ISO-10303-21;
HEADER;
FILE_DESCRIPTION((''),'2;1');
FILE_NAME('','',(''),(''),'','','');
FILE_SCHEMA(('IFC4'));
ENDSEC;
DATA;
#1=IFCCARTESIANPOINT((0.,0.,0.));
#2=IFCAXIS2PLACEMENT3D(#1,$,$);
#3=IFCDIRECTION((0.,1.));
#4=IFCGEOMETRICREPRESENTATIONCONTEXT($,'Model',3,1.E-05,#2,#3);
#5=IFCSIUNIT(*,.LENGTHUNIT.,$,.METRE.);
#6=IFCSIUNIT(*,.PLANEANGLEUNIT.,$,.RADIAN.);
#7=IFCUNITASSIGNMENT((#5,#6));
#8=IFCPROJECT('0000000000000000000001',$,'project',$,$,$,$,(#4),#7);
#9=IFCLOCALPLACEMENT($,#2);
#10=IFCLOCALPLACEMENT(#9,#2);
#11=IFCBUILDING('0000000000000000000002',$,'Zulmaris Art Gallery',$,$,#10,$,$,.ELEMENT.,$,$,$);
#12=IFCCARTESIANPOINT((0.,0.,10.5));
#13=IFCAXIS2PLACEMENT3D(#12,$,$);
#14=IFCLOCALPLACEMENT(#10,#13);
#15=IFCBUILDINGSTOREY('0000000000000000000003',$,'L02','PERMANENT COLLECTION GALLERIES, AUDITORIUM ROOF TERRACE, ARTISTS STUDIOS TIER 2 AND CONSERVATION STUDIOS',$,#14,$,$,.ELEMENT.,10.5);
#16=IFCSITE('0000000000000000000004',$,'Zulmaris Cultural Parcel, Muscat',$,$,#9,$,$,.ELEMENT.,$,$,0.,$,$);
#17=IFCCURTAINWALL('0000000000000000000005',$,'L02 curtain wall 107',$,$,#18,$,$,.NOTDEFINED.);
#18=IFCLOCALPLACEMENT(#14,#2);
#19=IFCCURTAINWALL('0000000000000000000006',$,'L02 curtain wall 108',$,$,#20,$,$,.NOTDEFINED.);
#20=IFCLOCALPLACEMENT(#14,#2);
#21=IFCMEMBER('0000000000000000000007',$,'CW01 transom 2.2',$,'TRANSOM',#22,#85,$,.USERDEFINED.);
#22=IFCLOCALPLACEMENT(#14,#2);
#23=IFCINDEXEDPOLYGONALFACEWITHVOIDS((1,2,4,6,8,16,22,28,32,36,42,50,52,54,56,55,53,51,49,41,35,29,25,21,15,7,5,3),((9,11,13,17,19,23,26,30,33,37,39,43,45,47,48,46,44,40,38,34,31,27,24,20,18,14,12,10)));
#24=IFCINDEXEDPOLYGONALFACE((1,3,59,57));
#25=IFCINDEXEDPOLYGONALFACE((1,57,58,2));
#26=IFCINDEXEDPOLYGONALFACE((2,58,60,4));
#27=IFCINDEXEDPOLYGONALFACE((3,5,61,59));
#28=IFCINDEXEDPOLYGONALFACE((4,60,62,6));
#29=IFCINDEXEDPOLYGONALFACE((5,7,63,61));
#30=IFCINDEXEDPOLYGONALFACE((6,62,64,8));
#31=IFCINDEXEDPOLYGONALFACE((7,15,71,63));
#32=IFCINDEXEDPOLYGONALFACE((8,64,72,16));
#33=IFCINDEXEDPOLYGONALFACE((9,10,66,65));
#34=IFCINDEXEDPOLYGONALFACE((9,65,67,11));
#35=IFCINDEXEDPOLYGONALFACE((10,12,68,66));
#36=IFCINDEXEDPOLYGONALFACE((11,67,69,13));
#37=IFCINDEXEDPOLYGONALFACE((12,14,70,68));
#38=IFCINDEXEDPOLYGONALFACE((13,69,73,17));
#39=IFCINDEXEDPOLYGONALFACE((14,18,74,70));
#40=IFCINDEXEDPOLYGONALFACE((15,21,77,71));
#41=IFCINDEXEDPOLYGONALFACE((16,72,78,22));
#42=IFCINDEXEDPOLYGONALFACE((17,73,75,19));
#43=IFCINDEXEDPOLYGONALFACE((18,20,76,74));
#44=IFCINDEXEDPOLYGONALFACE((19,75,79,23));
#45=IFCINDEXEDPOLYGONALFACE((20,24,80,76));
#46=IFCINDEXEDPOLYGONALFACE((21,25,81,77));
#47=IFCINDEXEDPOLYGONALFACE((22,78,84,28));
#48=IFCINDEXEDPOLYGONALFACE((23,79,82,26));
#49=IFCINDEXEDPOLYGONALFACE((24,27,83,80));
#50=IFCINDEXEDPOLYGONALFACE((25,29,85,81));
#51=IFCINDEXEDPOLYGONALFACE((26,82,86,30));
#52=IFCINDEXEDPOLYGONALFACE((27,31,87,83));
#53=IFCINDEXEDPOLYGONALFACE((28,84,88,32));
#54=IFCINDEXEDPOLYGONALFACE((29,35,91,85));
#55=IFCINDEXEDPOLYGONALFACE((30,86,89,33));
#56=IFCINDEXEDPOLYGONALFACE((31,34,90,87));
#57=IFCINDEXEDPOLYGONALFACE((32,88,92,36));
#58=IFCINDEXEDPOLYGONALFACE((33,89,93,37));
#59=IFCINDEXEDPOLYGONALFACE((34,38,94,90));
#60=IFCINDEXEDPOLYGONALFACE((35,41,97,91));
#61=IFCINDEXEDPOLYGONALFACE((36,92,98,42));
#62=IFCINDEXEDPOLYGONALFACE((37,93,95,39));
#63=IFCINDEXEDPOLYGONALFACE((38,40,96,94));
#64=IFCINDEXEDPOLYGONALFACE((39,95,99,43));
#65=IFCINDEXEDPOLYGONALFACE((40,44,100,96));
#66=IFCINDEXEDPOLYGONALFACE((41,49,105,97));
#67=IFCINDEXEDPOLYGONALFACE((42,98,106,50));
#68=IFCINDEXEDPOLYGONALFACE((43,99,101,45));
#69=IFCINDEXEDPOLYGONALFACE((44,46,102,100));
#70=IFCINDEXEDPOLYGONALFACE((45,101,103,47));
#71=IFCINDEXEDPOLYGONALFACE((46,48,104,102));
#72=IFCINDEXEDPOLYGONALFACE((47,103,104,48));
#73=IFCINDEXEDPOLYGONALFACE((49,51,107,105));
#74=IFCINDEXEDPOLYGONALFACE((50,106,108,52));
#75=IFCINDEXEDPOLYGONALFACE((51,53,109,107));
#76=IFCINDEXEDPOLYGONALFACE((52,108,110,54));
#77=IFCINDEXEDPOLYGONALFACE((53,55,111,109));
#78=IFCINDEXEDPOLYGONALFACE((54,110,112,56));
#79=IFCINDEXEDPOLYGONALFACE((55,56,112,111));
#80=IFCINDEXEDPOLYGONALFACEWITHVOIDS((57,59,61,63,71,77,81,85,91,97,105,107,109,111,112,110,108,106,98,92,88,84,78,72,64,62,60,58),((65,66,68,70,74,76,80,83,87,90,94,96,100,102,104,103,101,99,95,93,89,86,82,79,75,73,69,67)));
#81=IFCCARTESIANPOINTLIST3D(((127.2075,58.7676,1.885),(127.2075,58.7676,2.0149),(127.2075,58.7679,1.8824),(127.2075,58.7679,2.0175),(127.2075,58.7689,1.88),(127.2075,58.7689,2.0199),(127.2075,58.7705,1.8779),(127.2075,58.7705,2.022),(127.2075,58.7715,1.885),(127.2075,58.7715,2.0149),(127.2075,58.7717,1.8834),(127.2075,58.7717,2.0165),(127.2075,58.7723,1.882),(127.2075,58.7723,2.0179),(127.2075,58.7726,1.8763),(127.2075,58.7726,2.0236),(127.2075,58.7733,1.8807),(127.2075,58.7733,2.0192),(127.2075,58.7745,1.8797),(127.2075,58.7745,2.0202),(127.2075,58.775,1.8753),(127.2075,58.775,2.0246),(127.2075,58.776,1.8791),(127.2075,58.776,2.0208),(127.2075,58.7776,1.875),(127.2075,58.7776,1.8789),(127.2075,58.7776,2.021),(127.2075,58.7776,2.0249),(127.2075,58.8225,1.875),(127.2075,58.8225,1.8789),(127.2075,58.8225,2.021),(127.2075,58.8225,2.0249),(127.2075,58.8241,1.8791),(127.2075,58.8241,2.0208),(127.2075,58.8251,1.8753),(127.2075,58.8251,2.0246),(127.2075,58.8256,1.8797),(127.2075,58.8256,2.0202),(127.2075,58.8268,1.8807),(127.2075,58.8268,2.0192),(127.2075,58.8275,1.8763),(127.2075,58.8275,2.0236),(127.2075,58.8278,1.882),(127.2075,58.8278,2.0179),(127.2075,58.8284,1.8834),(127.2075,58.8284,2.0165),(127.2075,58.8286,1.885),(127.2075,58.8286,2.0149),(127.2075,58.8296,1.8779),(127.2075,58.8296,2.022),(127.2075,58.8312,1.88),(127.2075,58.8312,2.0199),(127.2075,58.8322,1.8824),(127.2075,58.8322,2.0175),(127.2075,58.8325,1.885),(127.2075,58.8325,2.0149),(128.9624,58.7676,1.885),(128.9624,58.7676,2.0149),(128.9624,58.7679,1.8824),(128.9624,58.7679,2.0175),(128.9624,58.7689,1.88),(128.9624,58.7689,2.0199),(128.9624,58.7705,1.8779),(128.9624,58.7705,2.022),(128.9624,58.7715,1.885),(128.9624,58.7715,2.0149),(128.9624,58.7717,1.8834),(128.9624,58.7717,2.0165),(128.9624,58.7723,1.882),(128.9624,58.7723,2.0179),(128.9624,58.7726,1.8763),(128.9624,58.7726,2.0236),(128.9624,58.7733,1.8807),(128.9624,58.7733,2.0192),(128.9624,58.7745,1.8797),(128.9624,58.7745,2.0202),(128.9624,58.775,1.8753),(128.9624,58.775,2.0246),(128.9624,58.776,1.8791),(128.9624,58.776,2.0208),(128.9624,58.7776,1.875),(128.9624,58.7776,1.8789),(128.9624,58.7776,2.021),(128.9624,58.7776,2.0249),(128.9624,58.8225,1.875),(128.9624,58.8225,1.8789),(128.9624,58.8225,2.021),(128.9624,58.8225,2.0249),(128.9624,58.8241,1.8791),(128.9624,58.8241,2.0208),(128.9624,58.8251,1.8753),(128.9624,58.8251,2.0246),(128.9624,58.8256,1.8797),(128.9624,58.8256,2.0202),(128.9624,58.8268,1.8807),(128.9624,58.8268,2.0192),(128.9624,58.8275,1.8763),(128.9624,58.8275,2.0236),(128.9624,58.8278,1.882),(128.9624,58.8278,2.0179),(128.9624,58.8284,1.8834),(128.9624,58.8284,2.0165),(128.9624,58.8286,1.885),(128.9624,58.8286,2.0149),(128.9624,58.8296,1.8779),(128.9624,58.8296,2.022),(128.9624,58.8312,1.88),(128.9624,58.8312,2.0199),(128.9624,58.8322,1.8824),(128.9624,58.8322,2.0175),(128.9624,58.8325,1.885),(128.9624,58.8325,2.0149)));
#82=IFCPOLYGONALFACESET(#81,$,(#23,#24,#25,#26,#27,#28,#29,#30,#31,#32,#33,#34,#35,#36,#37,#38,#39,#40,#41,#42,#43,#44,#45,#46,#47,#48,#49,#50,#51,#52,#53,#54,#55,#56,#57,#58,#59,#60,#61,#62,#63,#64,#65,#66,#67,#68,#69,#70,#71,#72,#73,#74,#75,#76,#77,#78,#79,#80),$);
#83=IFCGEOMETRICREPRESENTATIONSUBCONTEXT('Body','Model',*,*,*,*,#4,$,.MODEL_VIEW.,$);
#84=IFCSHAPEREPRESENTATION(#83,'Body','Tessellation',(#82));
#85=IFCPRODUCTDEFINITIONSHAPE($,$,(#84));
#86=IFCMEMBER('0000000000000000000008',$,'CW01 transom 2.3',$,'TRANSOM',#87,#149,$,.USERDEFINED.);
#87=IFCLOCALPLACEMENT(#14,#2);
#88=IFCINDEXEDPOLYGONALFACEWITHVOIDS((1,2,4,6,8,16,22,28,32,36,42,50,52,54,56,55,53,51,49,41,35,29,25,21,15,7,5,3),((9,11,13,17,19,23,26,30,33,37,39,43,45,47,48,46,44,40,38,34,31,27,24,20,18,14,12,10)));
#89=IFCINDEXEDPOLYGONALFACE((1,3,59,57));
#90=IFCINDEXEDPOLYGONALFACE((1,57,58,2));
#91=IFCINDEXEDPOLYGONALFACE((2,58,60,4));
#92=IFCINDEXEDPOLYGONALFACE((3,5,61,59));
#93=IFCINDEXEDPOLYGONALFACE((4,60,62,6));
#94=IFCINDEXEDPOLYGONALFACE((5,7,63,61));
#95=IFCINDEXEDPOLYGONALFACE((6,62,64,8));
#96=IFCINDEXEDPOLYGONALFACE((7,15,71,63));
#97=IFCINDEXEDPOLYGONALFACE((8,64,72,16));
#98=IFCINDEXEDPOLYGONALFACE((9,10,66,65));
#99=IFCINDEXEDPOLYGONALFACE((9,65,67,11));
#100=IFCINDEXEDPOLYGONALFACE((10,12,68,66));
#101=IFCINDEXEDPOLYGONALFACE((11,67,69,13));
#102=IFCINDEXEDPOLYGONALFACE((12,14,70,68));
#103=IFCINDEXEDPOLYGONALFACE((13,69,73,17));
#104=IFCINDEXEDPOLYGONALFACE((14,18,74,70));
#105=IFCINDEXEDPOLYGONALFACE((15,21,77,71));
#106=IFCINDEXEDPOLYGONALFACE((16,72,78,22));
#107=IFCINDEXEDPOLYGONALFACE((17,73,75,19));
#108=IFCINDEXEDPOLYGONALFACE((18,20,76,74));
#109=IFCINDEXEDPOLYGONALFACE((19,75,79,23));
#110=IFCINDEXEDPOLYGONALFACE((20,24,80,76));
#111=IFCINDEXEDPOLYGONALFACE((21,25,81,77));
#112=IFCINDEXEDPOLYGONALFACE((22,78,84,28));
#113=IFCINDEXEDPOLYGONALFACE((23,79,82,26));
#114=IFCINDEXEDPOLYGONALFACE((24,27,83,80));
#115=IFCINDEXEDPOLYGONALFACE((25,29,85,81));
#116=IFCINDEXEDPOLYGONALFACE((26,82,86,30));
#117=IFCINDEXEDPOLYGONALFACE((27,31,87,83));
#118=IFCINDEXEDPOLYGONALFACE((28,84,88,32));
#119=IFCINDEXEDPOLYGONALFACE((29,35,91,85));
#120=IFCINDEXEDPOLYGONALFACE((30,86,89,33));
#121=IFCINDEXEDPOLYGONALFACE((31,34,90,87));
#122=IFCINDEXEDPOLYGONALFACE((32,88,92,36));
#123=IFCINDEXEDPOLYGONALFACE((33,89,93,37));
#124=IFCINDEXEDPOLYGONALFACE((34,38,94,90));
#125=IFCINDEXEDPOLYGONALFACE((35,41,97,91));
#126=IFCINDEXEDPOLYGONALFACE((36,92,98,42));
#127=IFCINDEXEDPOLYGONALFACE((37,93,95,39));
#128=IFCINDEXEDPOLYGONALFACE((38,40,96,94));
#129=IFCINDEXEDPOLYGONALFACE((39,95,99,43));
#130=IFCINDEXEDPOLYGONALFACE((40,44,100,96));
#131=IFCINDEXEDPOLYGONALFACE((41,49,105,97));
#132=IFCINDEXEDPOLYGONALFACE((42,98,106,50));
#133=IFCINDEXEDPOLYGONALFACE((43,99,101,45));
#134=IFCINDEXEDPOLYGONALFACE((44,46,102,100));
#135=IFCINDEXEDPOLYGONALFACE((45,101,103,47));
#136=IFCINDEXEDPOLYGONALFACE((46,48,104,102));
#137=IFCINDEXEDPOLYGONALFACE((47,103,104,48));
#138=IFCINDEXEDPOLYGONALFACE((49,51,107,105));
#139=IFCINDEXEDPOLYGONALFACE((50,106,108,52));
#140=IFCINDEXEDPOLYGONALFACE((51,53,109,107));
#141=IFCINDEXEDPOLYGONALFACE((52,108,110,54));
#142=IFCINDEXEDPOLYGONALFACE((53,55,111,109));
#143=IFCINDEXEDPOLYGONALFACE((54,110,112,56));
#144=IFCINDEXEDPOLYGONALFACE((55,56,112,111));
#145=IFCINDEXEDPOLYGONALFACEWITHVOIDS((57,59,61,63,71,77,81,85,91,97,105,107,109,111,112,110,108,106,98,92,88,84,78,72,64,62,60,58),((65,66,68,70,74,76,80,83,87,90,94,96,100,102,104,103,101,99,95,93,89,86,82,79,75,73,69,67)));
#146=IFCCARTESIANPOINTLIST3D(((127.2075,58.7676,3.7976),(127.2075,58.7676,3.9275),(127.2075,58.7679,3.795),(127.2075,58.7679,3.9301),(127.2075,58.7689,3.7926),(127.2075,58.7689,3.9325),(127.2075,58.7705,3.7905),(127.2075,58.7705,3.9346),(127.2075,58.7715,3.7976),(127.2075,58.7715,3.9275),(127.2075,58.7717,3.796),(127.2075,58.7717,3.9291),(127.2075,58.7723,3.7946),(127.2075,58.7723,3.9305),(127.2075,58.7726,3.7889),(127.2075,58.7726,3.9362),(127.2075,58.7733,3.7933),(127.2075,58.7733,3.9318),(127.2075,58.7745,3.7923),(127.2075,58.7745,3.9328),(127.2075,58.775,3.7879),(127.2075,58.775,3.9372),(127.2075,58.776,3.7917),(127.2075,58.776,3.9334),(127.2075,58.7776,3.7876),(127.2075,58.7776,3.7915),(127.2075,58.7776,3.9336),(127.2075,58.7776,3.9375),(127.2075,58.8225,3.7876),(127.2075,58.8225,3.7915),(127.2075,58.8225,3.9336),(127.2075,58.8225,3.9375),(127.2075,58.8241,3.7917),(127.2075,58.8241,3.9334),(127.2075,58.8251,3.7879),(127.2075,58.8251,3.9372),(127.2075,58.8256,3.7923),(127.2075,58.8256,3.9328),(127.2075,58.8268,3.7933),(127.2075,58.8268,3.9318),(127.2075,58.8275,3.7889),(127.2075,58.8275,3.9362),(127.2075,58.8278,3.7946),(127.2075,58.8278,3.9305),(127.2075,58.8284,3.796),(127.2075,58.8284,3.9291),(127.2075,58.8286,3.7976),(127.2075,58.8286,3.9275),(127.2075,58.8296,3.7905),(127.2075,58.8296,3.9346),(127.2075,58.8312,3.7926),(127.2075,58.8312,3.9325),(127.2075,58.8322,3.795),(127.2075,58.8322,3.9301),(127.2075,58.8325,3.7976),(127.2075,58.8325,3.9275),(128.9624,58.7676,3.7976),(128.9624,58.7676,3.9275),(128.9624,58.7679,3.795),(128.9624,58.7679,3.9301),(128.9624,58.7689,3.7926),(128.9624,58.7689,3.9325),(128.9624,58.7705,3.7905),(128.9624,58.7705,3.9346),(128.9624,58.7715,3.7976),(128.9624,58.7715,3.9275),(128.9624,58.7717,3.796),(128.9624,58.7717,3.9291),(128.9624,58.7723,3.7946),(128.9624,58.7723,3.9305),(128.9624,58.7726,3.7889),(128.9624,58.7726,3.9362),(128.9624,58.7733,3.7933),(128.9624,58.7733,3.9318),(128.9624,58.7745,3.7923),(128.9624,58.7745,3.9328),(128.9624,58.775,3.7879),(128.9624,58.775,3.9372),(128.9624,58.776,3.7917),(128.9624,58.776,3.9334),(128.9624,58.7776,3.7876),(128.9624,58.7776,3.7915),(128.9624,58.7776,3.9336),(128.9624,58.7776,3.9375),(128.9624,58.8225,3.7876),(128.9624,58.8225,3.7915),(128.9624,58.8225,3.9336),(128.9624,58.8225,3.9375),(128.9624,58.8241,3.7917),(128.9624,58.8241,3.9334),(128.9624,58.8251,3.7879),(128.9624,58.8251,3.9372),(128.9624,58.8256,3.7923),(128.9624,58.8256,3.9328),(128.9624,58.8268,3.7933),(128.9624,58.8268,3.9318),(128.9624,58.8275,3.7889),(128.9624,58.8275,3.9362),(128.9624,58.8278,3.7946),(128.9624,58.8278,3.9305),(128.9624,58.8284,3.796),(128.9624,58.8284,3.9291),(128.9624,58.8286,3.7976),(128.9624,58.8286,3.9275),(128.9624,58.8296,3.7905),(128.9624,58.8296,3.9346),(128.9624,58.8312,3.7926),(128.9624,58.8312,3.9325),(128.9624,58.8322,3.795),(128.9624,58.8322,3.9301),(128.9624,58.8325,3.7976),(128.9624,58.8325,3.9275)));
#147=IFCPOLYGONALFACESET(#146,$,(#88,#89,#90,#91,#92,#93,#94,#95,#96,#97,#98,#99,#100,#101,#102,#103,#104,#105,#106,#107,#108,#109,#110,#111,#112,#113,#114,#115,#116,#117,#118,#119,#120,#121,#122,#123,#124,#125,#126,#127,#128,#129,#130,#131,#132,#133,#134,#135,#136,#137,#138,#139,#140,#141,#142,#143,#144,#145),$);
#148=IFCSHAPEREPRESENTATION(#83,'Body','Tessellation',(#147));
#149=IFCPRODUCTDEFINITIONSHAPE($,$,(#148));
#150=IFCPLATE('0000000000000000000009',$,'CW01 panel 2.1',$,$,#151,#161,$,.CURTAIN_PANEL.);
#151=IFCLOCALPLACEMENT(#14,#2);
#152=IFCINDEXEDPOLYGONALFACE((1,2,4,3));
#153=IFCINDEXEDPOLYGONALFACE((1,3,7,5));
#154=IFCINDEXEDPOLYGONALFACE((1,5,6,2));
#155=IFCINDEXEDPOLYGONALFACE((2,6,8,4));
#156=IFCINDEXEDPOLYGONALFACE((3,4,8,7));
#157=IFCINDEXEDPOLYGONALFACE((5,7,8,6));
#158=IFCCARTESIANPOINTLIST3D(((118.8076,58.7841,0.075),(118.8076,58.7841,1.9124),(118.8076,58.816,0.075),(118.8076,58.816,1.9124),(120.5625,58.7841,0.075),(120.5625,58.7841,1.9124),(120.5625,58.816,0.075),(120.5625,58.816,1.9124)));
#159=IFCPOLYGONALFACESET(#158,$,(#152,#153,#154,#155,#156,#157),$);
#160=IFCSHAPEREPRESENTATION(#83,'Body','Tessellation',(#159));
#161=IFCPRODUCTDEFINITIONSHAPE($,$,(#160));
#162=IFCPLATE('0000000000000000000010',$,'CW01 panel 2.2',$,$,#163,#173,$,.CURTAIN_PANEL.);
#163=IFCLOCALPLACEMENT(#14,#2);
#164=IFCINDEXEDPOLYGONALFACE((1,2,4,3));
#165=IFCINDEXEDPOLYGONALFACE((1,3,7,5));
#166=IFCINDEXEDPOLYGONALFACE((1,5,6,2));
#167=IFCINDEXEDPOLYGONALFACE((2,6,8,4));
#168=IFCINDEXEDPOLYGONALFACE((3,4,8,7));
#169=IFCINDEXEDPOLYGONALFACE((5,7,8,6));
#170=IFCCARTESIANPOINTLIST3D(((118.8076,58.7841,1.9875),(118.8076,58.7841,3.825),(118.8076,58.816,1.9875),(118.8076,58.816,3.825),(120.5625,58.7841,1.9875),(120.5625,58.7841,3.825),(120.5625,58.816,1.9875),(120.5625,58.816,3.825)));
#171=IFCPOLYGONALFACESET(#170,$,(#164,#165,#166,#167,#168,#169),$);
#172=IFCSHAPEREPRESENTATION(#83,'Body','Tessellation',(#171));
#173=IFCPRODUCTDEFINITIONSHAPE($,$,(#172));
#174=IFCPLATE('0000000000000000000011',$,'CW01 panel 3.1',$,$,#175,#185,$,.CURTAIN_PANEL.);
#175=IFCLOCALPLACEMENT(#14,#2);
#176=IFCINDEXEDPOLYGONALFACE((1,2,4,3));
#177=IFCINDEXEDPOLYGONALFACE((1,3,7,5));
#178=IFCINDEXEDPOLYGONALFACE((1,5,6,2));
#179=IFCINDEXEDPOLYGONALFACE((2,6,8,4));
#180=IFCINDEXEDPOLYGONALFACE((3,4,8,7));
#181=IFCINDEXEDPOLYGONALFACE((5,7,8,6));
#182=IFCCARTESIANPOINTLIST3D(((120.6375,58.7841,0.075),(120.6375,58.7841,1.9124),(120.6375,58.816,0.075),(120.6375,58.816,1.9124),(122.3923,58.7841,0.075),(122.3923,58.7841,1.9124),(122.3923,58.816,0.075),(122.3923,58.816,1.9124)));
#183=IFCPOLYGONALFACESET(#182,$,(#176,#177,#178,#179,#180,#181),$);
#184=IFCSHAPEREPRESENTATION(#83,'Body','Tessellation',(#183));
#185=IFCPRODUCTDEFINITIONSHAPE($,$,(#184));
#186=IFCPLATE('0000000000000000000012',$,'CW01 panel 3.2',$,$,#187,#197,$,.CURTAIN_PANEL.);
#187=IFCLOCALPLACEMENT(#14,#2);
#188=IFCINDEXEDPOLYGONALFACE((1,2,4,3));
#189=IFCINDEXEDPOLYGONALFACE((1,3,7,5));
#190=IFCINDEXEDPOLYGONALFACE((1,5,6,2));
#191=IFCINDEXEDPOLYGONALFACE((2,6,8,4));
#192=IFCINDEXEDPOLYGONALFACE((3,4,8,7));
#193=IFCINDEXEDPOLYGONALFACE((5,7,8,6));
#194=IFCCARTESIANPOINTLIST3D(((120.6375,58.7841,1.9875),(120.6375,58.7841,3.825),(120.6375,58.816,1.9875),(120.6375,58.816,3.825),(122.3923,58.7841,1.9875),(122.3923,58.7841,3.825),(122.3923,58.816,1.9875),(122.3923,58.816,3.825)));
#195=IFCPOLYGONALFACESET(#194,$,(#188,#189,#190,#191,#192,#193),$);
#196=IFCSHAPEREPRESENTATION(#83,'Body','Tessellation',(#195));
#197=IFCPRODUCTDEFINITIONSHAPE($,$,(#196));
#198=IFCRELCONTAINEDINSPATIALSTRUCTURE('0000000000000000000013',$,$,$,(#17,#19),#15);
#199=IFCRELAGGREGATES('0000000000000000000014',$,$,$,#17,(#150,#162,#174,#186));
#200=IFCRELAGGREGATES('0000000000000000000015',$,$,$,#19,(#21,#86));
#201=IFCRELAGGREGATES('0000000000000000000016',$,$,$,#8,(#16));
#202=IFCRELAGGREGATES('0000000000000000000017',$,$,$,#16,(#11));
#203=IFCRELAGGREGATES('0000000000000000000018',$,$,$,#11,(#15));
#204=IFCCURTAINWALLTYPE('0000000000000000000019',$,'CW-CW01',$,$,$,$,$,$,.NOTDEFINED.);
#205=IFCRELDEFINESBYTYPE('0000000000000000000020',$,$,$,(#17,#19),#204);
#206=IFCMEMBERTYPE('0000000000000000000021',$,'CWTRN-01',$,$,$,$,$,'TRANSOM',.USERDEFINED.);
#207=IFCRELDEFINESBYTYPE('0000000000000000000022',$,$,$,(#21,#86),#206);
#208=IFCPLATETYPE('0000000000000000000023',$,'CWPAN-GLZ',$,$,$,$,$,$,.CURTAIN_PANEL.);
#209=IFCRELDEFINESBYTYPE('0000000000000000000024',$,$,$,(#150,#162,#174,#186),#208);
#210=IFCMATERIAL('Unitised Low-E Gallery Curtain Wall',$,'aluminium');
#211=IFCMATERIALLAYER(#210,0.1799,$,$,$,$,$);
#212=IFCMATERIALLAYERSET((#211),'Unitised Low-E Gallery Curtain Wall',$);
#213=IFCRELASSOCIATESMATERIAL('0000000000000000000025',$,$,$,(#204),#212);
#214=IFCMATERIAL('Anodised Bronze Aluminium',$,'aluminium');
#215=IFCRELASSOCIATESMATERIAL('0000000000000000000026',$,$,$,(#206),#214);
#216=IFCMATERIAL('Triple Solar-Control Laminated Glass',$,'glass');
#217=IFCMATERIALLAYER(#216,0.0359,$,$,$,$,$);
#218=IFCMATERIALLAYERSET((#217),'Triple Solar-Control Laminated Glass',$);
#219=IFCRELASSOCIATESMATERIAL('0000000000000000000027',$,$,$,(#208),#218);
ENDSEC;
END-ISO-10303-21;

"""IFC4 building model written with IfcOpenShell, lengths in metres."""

from ifc_helpers import new_model, si_unit, direction, frame, origin, origin_2d, place, context, subcontext, project, spatial, rectangle, hollow_rectangle, extrude, material, layer, layer_set, material_profile, profile_set, type_object, element, aggregate, save


model = new_model("IFC4")

# Units and contexts
model_context = context("Model", 3, precision=1e-05, world=origin(), true_north=direction((0.0, 1.0)))
body_context = subcontext(model_context, "Body", "Model", "MODEL_VIEW")
ifc_project = project(units=[si_unit("LENGTHUNIT", "METRE"), si_unit("PLANEANGLEUNIT", "RADIAN")], contexts=[model_context])

# Site, building, storey
site_placement = place(None, origin())
site = spatial("IfcSite", under=ifc_project, at=site_placement, Name="Zulmaris Cultural Parcel, Muscat", CompositionType="ELEMENT", RefElevation=0.0)
building_placement = place(site_placement, origin())
building = spatial("IfcBuilding", under=site, at=building_placement, Name="Zulmaris Art Gallery", CompositionType="ELEMENT")
storey_placement = place(building_placement, frame((0.0, 0.0, 10.5)))
storey = spatial("IfcBuildingStorey", under=building, at=storey_placement, Name="L02", Description="PERMANENT COLLECTION GALLERIES, AUDITORIUM ROOF TERRACE, ARTISTS STUDIOS TIER 2 AND CONSERVATION STUDIOS", CompositionType="ELEMENT", Elevation=10.5)

# Curtain walls
ifc_material_1 = material(Name="Unitised Low-E Gallery Curtain Wall", Category="aluminium")
ifc_layer_1 = layer(ifc_material_1, 0.1799)
ifc_layer_set_1 = layer_set([ifc_layer_1], Name="Unitised Low-E Gallery Curtain Wall")
curtain_wall_type = type_object("IfcCurtainWallType", Name="CW-CW01", PredefinedType="NOTDEFINED", material=ifc_layer_set_1)
curtain_wall_1_placement = place(storey_placement, origin())
curtain_wall_1 = element("IfcCurtainWall", 1, at=curtain_wall_1_placement, inside=storey, type_object=curtain_wall_type, Name="L02 curtain wall 107", PredefinedType="NOTDEFINED")
ifc_material_2 = material(Name="Anodised Bronze Aluminium", Category="aluminium")
curtain_wall_2_placement = place(storey_placement, origin())
curtain_wall_2 = element("IfcCurtainWall", 2, at=curtain_wall_2_placement, inside=storey, type_object=curtain_wall_type, Name="L02 curtain wall 108", PredefinedType="NOTDEFINED")

# Members
ifc_material_profile_1 = material_profile(ifc_material_2, hollow_rectangle(XDim=0.0649, YDim=0.1499, WallThickness=0.0039, InnerFilletRadius=0.0061, OuterFilletRadius=0.01, at=origin_2d()), Name="ALU 65x150x4")
ifc_profile_set_1 = profile_set([ifc_material_profile_1], Name="Anodised Bronze Aluminium")
member_type_1 = type_object("IfcMemberType", Name="CWTRN-01", ElementType="TRANSOM", PredefinedType="USERDEFINED", material=ifc_profile_set_1)
member_1_placement = place(storey_placement, frame((127.2075, 58.8, 1.95), z_axis=(1.0, 0.0, 0.0), x_axis=(0.0, 1.0, 0.0)))
member_1 = element("IfcMember", 3, at=member_1_placement, type_object=member_type_1, Name="CW01 transom 2.2", ObjectType="TRANSOM", PredefinedType="USERDEFINED", context=body_context, shape_type="SweptSolid", body=[
    extrude(hollow_rectangle(XDim=0.0649, YDim=0.1499, WallThickness=0.0039, InnerFilletRadius=0.0061, OuterFilletRadius=0.01, at=origin_2d()), origin(), (0.0, 0.0, 1.0), 1.7549),
])
member_2_placement = place(storey_placement, frame((127.2075, 58.8, 3.8625), z_axis=(1.0, 0.0, 0.0), x_axis=(0.0, 1.0, 0.0)))
member_2 = element("IfcMember", 4, at=member_2_placement, type_object=member_type_1, Name="CW01 transom 2.3", ObjectType="TRANSOM", PredefinedType="USERDEFINED", context=body_context, shape_type="SweptSolid", body=[
    extrude(hollow_rectangle(XDim=0.0649, YDim=0.1499, WallThickness=0.0039, InnerFilletRadius=0.0061, OuterFilletRadius=0.01, at=origin_2d()), origin(), (0.0, 0.0, 1.0), 1.7549),
])

# Plates
ifc_material_3 = material(Name="Triple Solar-Control Laminated Glass", Category="glass")
ifc_layer_2 = layer(ifc_material_3, 0.0359)
ifc_layer_set_2 = layer_set([ifc_layer_2], Name="Triple Solar-Control Laminated Glass")
plate_type = type_object("IfcPlateType", Name="CWPAN-GLZ", PredefinedType="CURTAIN_PANEL", material=ifc_layer_set_2)
plate_1_placement = place(storey_placement, frame((119.6851, 58.8, 0.075), z_axis=(0.0, 0.0, 1.0), x_axis=(1.0, 0.0, 0.0)))
plate_1 = element("IfcPlate", 5, at=plate_1_placement, type_object=plate_type, Name="CW01 panel 2.1", PredefinedType="CURTAIN_PANEL", context=body_context, shape_type="SweptSolid", body=[
    extrude(rectangle(XDim=1.7549, YDim=0.032, at=origin_2d()), origin(), (0.0, 0.0, 1.0), 1.8374),
])
plate_2_placement = place(storey_placement, frame((119.6851, 58.8, 1.9875), z_axis=(0.0, 0.0, 1.0), x_axis=(1.0, 0.0, 0.0)))
plate_2 = element("IfcPlate", 6, at=plate_2_placement, type_object=plate_type, Name="CW01 panel 2.2", PredefinedType="CURTAIN_PANEL", context=body_context, shape_type="SweptSolid", body=[
    extrude(rectangle(XDim=1.7549, YDim=0.032, at=origin_2d()), origin(), (0.0, 0.0, 1.0), 1.8374),
])
plate_3_placement = place(storey_placement, frame((121.5149, 58.8, 0.075), z_axis=(0.0, 0.0, 1.0), x_axis=(1.0, 0.0, 0.0)))
plate_3 = element("IfcPlate", 7, at=plate_3_placement, type_object=plate_type, Name="CW01 panel 3.1", PredefinedType="CURTAIN_PANEL", context=body_context, shape_type="SweptSolid", body=[
    extrude(rectangle(XDim=1.7549, YDim=0.032, at=origin_2d()), origin(), (0.0, 0.0, 1.0), 1.8374),
])
plate_4_placement = place(storey_placement, frame((121.5149, 58.8, 1.9875), z_axis=(0.0, 0.0, 1.0), x_axis=(1.0, 0.0, 0.0)))
plate_4 = element("IfcPlate", 8, at=plate_4_placement, type_object=plate_type, Name="CW01 panel 3.2", PredefinedType="CURTAIN_PANEL", context=body_context, shape_type="SweptSolid", body=[
    extrude(rectangle(XDim=1.7549, YDim=0.032, at=origin_2d()), origin(), (0.0, 0.0, 1.0), 1.8374),
])
aggregate(curtain_wall_1, [plate_1, plate_2, plate_3, plate_4])
aggregate(curtain_wall_2, [member_1, member_2])

save(model, "model.ifc")
